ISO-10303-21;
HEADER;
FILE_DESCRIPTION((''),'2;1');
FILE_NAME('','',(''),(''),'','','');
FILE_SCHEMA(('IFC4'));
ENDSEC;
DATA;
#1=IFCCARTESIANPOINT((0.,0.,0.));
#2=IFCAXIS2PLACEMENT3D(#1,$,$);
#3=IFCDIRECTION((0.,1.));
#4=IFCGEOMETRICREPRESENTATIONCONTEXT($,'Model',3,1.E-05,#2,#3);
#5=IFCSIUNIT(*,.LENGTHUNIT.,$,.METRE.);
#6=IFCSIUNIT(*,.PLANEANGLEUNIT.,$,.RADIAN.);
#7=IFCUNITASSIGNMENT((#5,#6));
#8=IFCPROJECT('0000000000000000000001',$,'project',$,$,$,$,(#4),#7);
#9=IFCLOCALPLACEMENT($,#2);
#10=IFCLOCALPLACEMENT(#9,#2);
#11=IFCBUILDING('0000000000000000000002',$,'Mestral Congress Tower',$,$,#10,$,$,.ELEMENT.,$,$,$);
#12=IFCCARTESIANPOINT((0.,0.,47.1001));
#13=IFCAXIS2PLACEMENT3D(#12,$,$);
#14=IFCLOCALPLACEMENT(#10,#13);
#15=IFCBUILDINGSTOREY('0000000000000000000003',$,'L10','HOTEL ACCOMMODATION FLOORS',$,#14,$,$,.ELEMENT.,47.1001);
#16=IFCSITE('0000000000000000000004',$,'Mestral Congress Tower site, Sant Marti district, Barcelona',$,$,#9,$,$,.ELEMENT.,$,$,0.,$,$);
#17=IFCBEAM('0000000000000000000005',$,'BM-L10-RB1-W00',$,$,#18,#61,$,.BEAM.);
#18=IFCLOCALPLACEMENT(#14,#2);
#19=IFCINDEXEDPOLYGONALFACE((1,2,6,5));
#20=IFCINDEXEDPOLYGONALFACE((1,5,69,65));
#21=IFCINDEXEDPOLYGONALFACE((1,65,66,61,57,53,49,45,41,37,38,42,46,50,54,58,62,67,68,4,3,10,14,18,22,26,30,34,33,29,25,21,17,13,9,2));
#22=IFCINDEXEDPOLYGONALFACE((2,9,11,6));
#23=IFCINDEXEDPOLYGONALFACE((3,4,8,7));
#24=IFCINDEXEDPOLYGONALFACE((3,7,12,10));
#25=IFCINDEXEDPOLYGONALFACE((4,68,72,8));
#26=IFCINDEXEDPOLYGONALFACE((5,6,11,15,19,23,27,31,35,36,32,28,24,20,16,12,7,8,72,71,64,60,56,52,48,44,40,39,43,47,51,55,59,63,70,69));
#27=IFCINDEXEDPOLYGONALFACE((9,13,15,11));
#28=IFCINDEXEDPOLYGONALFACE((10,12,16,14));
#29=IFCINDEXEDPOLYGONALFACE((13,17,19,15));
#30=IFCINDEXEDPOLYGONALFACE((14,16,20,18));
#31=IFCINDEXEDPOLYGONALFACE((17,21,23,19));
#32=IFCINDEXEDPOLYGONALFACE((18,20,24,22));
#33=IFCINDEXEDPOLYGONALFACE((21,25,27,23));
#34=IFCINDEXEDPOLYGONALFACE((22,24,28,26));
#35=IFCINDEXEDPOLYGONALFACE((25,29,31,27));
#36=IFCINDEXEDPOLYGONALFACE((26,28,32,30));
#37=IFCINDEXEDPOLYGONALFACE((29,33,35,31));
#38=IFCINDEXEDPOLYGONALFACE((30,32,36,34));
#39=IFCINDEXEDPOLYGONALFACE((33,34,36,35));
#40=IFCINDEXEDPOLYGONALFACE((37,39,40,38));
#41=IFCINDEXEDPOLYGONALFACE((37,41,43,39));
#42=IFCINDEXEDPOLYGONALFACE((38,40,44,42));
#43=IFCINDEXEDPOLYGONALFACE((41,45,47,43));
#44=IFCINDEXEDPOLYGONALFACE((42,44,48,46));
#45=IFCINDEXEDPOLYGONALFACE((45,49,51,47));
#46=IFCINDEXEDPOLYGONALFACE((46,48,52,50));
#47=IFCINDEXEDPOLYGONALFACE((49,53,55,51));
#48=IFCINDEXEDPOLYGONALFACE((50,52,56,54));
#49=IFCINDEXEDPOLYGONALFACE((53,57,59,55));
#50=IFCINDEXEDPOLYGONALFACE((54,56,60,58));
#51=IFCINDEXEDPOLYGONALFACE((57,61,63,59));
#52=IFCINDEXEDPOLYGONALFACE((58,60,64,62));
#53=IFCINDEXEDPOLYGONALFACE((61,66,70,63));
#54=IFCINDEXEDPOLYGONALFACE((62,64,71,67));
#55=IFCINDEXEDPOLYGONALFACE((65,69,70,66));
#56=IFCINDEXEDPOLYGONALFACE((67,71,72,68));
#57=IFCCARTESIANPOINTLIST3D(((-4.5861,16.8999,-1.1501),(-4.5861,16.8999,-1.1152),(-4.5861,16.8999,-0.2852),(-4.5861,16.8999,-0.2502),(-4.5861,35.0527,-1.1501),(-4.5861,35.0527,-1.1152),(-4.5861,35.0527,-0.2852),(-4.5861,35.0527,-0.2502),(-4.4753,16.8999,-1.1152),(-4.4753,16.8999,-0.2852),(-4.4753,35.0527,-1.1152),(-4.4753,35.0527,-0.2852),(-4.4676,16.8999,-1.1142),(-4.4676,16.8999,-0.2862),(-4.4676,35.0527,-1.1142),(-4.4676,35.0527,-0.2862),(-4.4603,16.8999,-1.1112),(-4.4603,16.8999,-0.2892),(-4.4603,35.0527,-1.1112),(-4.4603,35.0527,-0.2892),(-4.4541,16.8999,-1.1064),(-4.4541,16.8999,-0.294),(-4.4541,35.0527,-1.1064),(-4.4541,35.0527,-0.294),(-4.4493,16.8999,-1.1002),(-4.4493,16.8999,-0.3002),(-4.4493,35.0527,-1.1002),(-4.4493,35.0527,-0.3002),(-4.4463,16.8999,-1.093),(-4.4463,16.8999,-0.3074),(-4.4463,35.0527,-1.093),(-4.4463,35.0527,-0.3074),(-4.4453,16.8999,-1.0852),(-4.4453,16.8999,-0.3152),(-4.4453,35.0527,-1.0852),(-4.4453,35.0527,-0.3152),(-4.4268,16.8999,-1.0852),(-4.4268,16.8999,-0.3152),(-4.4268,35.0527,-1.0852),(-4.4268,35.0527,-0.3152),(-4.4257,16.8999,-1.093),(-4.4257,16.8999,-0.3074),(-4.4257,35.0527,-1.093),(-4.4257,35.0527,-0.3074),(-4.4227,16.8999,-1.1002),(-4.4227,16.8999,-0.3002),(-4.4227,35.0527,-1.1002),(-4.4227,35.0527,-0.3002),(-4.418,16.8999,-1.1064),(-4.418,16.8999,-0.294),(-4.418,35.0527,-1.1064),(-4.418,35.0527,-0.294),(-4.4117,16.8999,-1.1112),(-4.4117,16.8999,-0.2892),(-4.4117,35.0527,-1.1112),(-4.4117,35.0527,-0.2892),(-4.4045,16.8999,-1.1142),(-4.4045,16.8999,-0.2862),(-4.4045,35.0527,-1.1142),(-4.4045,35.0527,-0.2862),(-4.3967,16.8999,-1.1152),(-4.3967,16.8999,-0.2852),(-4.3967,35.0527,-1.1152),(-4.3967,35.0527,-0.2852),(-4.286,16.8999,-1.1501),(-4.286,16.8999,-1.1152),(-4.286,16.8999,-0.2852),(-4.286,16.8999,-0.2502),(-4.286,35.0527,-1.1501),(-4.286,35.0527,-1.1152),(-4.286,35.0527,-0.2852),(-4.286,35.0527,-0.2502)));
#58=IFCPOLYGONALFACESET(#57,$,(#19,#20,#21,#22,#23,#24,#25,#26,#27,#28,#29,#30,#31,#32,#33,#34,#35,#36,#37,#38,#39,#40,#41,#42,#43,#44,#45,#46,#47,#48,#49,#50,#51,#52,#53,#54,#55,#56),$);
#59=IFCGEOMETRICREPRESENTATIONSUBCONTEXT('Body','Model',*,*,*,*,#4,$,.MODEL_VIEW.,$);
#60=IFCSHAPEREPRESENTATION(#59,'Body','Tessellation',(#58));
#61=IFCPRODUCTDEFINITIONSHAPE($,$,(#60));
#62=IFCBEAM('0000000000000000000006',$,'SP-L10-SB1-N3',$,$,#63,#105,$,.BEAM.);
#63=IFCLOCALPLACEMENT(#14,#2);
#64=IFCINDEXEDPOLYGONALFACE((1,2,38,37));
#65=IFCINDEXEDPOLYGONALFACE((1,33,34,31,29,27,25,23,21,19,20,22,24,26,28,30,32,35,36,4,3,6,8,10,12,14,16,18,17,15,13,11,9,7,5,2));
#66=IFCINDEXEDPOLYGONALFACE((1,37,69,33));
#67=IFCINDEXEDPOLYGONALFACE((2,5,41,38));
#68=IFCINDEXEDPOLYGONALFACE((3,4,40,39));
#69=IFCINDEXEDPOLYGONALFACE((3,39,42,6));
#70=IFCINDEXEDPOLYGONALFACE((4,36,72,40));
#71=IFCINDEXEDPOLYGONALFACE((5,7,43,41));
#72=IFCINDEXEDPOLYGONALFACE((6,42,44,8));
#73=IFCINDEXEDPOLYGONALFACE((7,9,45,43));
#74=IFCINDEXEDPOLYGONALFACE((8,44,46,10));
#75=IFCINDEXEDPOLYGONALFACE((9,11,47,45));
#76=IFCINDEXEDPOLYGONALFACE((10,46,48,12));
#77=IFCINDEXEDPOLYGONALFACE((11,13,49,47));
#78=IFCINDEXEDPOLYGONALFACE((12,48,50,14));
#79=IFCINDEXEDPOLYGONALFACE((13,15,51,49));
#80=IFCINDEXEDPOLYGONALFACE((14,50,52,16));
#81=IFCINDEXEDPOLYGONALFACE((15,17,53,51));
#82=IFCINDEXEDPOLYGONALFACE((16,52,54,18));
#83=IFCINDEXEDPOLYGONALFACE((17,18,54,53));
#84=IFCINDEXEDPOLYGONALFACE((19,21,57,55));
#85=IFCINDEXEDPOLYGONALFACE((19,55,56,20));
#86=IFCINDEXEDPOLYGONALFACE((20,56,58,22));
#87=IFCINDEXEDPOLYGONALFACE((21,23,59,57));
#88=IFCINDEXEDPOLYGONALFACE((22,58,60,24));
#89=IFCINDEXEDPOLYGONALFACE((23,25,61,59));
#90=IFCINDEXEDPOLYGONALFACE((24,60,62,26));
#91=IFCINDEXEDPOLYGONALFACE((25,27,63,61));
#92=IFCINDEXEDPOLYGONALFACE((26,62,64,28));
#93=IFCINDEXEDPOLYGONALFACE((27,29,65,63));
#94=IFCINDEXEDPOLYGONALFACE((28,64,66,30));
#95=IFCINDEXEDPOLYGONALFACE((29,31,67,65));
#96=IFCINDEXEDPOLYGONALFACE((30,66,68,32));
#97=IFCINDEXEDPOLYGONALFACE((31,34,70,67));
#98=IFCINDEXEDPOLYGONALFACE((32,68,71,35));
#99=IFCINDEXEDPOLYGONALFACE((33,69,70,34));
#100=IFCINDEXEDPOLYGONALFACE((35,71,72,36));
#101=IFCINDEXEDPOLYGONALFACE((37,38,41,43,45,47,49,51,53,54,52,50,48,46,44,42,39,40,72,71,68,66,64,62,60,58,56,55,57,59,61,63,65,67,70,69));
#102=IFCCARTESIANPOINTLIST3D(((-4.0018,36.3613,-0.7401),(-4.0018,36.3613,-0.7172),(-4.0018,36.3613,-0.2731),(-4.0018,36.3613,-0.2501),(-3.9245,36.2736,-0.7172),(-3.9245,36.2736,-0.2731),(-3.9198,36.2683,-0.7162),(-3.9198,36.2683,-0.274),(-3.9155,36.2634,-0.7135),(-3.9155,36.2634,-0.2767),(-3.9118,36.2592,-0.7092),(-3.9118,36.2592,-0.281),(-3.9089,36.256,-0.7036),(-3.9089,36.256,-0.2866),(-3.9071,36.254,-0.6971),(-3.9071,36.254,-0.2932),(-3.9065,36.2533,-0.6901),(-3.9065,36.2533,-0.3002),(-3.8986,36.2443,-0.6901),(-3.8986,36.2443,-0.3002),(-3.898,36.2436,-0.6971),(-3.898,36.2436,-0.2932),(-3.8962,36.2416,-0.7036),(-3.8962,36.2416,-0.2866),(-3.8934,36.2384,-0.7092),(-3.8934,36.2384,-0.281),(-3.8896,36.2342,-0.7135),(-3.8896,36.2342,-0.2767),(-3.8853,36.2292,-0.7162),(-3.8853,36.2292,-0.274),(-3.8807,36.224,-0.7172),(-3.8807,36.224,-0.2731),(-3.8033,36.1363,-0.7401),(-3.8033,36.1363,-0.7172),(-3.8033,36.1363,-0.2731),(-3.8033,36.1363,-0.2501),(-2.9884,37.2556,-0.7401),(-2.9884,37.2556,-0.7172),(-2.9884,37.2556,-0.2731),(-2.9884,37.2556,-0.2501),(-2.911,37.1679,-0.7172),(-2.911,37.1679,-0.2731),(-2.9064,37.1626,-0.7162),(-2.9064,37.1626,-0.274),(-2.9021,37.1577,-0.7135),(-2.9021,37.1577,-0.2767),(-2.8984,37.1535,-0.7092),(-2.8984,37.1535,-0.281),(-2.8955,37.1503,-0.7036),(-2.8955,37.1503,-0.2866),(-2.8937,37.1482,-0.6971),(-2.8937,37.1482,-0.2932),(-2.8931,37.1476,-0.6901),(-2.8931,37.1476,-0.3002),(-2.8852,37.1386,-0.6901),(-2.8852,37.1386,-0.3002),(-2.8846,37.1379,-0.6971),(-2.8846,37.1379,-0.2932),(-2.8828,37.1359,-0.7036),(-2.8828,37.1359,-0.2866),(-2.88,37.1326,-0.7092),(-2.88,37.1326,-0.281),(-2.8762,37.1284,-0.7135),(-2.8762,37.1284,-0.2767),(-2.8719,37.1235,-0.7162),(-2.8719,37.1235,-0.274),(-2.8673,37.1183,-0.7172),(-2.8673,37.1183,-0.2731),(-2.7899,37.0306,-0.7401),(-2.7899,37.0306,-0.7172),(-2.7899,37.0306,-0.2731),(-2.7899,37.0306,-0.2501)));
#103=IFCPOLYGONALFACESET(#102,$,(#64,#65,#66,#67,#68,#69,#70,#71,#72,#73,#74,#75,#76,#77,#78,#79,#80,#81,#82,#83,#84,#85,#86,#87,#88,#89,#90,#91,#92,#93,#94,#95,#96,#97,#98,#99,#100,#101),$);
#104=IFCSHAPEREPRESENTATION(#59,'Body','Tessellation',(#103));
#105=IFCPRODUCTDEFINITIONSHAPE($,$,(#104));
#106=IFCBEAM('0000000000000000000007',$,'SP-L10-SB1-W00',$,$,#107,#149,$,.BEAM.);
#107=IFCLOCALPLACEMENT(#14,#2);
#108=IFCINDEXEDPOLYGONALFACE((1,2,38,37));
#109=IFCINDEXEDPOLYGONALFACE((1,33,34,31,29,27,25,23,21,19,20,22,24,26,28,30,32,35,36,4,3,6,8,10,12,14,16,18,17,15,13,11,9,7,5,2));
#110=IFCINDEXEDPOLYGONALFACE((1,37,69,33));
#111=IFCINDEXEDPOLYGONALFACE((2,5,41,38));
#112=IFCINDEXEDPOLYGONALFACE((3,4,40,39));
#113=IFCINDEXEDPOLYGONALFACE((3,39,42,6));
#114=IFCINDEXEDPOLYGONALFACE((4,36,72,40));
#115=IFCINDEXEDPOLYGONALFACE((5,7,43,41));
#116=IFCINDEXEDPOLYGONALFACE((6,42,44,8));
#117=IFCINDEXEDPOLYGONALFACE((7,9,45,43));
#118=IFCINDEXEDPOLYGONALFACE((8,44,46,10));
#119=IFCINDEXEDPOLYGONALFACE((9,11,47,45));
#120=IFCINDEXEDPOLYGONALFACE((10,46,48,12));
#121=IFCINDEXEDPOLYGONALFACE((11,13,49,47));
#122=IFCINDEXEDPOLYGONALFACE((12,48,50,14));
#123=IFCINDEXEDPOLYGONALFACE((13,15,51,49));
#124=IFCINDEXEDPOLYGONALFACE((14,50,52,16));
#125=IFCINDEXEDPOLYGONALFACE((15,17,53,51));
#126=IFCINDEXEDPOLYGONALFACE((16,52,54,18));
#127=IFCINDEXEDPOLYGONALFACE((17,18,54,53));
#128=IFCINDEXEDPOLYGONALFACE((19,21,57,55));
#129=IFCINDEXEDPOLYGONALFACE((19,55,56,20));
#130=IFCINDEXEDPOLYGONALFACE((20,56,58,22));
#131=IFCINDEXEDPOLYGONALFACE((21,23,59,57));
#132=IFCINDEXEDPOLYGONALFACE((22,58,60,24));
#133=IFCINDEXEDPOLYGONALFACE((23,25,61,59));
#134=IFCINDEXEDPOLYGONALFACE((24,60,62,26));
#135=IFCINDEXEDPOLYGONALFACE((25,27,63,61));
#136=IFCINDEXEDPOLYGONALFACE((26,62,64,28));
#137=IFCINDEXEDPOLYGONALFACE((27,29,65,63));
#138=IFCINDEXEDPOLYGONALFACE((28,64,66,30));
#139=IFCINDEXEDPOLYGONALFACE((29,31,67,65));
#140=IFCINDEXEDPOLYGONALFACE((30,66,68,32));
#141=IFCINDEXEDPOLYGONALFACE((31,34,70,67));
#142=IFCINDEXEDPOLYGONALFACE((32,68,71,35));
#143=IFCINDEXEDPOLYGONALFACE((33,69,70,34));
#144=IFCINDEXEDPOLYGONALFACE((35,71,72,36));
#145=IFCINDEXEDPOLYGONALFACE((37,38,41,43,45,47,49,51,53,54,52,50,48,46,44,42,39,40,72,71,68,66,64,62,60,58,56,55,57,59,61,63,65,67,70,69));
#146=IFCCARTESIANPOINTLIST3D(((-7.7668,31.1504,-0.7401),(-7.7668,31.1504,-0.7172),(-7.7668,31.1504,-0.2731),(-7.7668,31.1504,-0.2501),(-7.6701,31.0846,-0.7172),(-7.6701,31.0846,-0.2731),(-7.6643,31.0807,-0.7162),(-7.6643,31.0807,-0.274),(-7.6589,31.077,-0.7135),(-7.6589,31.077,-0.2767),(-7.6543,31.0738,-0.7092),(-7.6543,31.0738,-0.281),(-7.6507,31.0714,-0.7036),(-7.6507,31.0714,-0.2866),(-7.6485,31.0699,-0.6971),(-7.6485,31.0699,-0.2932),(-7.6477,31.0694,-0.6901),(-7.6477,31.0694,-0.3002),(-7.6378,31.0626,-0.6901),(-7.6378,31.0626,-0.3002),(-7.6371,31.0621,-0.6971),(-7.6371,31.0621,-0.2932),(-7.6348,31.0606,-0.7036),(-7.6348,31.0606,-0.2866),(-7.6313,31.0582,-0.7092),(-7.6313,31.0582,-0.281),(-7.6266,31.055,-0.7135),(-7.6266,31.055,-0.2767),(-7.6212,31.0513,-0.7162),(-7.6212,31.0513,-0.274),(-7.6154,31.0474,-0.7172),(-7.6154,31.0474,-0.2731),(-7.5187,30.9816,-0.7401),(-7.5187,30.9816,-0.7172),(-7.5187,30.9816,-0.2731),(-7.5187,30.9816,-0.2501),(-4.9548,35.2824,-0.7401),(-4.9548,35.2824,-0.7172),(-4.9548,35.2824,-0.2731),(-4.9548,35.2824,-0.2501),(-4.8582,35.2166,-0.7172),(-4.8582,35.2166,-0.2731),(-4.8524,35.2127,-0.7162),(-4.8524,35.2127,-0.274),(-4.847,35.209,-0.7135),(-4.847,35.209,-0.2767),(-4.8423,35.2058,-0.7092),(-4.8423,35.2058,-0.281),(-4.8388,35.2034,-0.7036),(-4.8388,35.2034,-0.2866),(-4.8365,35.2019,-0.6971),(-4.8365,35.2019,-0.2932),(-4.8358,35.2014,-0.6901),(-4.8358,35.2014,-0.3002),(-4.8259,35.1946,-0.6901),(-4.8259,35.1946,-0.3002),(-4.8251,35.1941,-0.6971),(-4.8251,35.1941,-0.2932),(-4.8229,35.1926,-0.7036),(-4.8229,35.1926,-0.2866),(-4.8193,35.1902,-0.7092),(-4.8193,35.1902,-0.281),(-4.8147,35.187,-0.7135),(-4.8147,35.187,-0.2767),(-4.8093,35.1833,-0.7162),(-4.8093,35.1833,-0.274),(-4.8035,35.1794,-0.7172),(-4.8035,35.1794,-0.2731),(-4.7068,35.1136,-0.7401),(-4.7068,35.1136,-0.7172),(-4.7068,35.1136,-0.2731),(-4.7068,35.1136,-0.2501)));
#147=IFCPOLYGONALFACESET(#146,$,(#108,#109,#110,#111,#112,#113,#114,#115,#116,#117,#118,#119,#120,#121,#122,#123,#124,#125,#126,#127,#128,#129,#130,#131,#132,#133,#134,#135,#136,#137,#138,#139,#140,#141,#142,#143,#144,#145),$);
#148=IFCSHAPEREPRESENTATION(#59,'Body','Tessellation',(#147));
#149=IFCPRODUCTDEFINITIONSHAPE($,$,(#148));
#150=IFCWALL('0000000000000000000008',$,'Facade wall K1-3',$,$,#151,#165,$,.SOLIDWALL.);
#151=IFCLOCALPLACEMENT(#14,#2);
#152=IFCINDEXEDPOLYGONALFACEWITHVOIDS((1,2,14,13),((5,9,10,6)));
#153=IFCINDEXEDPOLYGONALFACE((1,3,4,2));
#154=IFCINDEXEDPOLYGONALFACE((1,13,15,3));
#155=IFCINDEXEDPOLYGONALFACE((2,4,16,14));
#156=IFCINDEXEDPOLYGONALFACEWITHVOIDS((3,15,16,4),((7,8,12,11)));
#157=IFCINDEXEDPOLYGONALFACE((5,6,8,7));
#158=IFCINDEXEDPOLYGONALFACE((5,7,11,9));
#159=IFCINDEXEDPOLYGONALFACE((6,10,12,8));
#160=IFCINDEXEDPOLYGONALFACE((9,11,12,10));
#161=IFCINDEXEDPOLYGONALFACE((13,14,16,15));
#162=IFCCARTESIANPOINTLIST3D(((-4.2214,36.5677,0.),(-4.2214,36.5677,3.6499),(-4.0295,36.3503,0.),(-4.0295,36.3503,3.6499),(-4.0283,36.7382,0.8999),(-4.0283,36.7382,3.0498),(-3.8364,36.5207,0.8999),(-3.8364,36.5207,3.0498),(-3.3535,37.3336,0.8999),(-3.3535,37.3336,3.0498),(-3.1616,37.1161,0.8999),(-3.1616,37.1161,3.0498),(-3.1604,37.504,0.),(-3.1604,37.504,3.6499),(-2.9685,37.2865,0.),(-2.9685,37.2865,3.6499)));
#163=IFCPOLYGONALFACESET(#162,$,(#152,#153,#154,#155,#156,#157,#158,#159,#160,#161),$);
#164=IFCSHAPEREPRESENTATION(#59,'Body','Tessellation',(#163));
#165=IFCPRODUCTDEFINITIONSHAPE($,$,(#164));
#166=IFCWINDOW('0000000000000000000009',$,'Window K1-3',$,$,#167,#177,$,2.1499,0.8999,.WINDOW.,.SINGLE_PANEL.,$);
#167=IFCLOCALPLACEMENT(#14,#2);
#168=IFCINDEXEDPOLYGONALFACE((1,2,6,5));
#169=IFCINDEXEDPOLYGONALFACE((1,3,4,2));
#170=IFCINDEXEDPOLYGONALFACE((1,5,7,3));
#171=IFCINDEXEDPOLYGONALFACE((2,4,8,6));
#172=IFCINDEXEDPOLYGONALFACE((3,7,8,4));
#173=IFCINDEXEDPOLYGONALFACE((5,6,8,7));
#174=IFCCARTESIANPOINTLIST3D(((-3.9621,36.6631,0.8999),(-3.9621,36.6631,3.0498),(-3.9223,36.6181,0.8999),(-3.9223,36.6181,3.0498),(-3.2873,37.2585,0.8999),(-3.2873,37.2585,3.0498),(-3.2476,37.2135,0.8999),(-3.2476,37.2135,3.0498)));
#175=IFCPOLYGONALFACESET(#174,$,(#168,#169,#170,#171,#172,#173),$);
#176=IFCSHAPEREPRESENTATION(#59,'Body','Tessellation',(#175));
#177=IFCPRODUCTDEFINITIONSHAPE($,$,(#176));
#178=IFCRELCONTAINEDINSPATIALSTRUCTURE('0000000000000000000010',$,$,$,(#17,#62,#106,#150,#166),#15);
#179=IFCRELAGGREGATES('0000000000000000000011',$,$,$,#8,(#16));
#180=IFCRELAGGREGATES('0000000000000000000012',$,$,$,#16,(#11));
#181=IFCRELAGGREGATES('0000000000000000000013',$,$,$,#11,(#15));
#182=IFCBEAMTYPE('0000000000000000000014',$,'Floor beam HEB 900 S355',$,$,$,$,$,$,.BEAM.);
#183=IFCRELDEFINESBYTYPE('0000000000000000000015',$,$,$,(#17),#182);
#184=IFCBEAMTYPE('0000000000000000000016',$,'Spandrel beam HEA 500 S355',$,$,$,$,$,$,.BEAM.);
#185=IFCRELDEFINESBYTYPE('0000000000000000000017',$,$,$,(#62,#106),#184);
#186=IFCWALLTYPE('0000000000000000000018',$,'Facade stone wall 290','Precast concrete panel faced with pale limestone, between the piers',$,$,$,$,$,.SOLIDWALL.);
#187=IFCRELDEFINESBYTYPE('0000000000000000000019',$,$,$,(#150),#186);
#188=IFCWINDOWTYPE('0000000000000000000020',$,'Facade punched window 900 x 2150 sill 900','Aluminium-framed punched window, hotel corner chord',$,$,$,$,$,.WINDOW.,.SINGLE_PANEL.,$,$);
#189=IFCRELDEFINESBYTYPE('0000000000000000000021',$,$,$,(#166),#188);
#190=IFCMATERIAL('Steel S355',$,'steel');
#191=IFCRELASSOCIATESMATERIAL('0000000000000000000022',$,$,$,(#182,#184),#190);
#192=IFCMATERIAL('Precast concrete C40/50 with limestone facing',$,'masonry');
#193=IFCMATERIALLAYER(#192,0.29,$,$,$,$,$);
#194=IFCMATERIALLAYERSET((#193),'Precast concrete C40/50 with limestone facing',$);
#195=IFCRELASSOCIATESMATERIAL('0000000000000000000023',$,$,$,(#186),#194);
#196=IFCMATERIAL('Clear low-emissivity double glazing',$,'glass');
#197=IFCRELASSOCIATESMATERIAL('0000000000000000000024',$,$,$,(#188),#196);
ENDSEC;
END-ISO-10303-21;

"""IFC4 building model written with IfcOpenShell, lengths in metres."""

from ifc_helpers import new_model, si_unit, direction, frame, frame_2d, origin, origin_2d, place, context, subcontext, project, spatial, rectangle, i_section, extrude, material, layer, layer_set, material_profile, profile_set, type_object, element, fill, save


model = new_model("IFC4")

# Units and contexts
model_context = context("Model", 3, precision=1e-05, world=origin(), true_north=direction((0.0, 1.0)))
body_context = subcontext(model_context, "Body", "Model", "MODEL_VIEW")
ifc_project = project(units=[si_unit("LENGTHUNIT", "METRE"), si_unit("PLANEANGLEUNIT", "RADIAN")], contexts=[model_context])

# Site, building, storey
site_placement = place(None, origin())
site = spatial("IfcSite", under=ifc_project, at=site_placement, Name="Mestral Congress Tower site, Sant Marti district, Barcelona", CompositionType="ELEMENT", RefElevation=0.0)
building_placement = place(site_placement, origin())
building = spatial("IfcBuilding", under=site, at=building_placement, Name="Mestral Congress Tower", CompositionType="ELEMENT")
storey_placement = place(building_placement, frame((0.0, 0.0, 47.1001)))
storey = spatial("IfcBuildingStorey", under=building, at=storey_placement, Name="L10", Description="HOTEL ACCOMMODATION FLOORS", CompositionType="ELEMENT", Elevation=47.1001)

# Beams
ifc_material_1 = material(Name="Steel S355", Category="steel")
ifc_material_profile_1 = material_profile(ifc_material_1, i_section(OverallWidth=0.3, OverallDepth=0.8999, WebThickness=0.0186, FlangeThickness=0.0349, FilletRadius=0.03, at=origin_2d()), Name="HEB 900")
ifc_profile_set_1 = profile_set([ifc_material_profile_1], Name="Steel S355")
beam_type_1 = type_object("IfcBeamType", Name="Floor beam HEB 900 S355", PredefinedType="BEAM", material=ifc_profile_set_1)
beam_1_placement = place(storey_placement, frame((-4.436, 35.0527, -0.7002), z_axis=(0.0, -1.0, 0.0), x_axis=(1.0, 0.0, 0.0)))
element("IfcBeam", 1, at=beam_1_placement, inside=storey, type_object=beam_type_1, Name="BM-L10-RB1-W00", PredefinedType="BEAM", context=body_context, shape_type="SweptSolid", body=[
    extrude(i_section(OverallWidth=0.3, OverallDepth=0.8999, WebThickness=0.0186, FlangeThickness=0.0349, FilletRadius=0.03, at=origin_2d()), origin(), (0.0, 0.0, 1.0), 18.1528),
])
ifc_material_profile_2 = material_profile(ifc_material_1, i_section(OverallWidth=0.3, OverallDepth=0.49, WebThickness=0.012, FlangeThickness=0.0229, FilletRadius=0.0271, at=origin_2d()), Name="HEA 500")
ifc_profile_set_2 = profile_set([ifc_material_profile_2], Name="Steel S355")
beam_type_2 = type_object("IfcBeamType", Name="Spandrel beam HEA 500 S355", PredefinedType="BEAM", material=ifc_profile_set_2)
beam_2_placement = place(storey_placement, frame((-2.8892, 37.1431, -0.4951), z_axis=(-0.749806, -0.661657, 0.0), x_axis=(0.661657, -0.749806, 0.0)))
element("IfcBeam", 2, at=beam_2_placement, inside=storey, type_object=beam_type_2, Name="SP-L10-SB1-N3", PredefinedType="BEAM", context=body_context, shape_type="SweptSolid", body=[
    extrude(i_section(OverallWidth=0.3, OverallDepth=0.49, WebThickness=0.012, FlangeThickness=0.0229, FilletRadius=0.0271, at=origin_2d()), origin(), (0.0, 0.0, 1.0), 1.3516),
])
beam_3_placement = place(storey_placement, frame((-4.8308, 35.198, -0.4951), z_axis=(-0.562611, -0.826722, 0.0), x_axis=(0.826722, -0.562611, 0.0)))
element("IfcBeam", 3, at=beam_3_placement, inside=storey, type_object=beam_type_2, Name="SP-L10-SB1-W00", PredefinedType="BEAM", context=body_context, shape_type="SweptSolid", body=[
    extrude(i_section(OverallWidth=0.3, OverallDepth=0.49, WebThickness=0.012, FlangeThickness=0.0229, FilletRadius=0.0271, at=origin_2d()), origin(), (0.0, 0.0, 1.0), 4.998),
])

# Wall, opening, window
ifc_material_2 = material(Name="Precast concrete C40/50 with limestone facing", Category="masonry")
ifc_layer_1 = layer(ifc_material_2, 0.29)
ifc_layer_set_1 = layer_set([ifc_layer_1], Name="Precast concrete C40/50 with limestone facing")
wall_type_1 = type_object("IfcWallType", Name="Facade stone wall 290", Description="Precast concrete panel faced with pale limestone, between the piers", PredefinedType="SOLIDWALL", material=ifc_layer_set_1)
wall_1_placement = place(storey_placement, frame((-3.0645, 37.3953, 0.0), z_axis=(0.0, 0.0, 1.0), x_axis=(-0.749813, -0.66165, 0.0)))
wall_1 = element("IfcWall", 4, at=wall_1_placement, inside=storey, type_object=wall_type_1, Name="Facade wall K1-3", PredefinedType="SOLIDWALL", context=body_context, shape_type="SweptSolid", body=[
    extrude(rectangle(XDim=1.415, YDim=0.29, at=frame_2d((0.7075, 0.0))), origin(), (0.0, 0.0, 1.0), 3.6499),
])
opening_1_placement = place(wall_1_placement, frame((0.2576, 0.0, 0.8999)))
opening_1 = element("IfcOpeningElement", 5, at=opening_1_placement, cuts=wall_1, PredefinedType="OPENING", context=body_context, shape_type="SweptSolid", body=[
    extrude(rectangle(XDim=0.8999, YDim=2.1499, at=frame_2d((0.45, 1.075))), frame((0.0, 0.155, 0.0), z_axis=(0.0, -1.0, 0.0), x_axis=(1.0, 0.0, 0.0)), (0.0, 0.0, 1.0), 0.3101),
])
ifc_material_3 = material(Name="Clear low-emissivity double glazing", Category="glass")
window_type_1 = type_object("IfcWindowType", Name="Facade punched window 900 x 2150 sill 900", Description="Aluminium-framed punched window, hotel corner chord", PartitioningType="SINGLE_PANEL", PredefinedType="WINDOW", material=ifc_material_3)
window_1_placement = place(opening_1_placement, origin())
window_1 = element("IfcWindow", 6, at=window_1_placement, inside=storey, type_object=window_type_1, Name="Window K1-3", OverallHeight=2.1499, OverallWidth=0.8999, PartitioningType="SINGLE_PANEL", PredefinedType="WINDOW", context=body_context, shape_type="SweptSolid", body=[
    extrude(rectangle(XDim=0.8999, YDim=2.1499, at=frame_2d((0.45, 1.075))), frame((0.0, 0.0151, 0.0), z_axis=(0.0, -1.0, 0.0), x_axis=(1.0, 0.0, 0.0)), (0.0, 0.0, 1.0), 0.0601),
])
fill(opening_1, window_1)

save(model, "model.ifc")
